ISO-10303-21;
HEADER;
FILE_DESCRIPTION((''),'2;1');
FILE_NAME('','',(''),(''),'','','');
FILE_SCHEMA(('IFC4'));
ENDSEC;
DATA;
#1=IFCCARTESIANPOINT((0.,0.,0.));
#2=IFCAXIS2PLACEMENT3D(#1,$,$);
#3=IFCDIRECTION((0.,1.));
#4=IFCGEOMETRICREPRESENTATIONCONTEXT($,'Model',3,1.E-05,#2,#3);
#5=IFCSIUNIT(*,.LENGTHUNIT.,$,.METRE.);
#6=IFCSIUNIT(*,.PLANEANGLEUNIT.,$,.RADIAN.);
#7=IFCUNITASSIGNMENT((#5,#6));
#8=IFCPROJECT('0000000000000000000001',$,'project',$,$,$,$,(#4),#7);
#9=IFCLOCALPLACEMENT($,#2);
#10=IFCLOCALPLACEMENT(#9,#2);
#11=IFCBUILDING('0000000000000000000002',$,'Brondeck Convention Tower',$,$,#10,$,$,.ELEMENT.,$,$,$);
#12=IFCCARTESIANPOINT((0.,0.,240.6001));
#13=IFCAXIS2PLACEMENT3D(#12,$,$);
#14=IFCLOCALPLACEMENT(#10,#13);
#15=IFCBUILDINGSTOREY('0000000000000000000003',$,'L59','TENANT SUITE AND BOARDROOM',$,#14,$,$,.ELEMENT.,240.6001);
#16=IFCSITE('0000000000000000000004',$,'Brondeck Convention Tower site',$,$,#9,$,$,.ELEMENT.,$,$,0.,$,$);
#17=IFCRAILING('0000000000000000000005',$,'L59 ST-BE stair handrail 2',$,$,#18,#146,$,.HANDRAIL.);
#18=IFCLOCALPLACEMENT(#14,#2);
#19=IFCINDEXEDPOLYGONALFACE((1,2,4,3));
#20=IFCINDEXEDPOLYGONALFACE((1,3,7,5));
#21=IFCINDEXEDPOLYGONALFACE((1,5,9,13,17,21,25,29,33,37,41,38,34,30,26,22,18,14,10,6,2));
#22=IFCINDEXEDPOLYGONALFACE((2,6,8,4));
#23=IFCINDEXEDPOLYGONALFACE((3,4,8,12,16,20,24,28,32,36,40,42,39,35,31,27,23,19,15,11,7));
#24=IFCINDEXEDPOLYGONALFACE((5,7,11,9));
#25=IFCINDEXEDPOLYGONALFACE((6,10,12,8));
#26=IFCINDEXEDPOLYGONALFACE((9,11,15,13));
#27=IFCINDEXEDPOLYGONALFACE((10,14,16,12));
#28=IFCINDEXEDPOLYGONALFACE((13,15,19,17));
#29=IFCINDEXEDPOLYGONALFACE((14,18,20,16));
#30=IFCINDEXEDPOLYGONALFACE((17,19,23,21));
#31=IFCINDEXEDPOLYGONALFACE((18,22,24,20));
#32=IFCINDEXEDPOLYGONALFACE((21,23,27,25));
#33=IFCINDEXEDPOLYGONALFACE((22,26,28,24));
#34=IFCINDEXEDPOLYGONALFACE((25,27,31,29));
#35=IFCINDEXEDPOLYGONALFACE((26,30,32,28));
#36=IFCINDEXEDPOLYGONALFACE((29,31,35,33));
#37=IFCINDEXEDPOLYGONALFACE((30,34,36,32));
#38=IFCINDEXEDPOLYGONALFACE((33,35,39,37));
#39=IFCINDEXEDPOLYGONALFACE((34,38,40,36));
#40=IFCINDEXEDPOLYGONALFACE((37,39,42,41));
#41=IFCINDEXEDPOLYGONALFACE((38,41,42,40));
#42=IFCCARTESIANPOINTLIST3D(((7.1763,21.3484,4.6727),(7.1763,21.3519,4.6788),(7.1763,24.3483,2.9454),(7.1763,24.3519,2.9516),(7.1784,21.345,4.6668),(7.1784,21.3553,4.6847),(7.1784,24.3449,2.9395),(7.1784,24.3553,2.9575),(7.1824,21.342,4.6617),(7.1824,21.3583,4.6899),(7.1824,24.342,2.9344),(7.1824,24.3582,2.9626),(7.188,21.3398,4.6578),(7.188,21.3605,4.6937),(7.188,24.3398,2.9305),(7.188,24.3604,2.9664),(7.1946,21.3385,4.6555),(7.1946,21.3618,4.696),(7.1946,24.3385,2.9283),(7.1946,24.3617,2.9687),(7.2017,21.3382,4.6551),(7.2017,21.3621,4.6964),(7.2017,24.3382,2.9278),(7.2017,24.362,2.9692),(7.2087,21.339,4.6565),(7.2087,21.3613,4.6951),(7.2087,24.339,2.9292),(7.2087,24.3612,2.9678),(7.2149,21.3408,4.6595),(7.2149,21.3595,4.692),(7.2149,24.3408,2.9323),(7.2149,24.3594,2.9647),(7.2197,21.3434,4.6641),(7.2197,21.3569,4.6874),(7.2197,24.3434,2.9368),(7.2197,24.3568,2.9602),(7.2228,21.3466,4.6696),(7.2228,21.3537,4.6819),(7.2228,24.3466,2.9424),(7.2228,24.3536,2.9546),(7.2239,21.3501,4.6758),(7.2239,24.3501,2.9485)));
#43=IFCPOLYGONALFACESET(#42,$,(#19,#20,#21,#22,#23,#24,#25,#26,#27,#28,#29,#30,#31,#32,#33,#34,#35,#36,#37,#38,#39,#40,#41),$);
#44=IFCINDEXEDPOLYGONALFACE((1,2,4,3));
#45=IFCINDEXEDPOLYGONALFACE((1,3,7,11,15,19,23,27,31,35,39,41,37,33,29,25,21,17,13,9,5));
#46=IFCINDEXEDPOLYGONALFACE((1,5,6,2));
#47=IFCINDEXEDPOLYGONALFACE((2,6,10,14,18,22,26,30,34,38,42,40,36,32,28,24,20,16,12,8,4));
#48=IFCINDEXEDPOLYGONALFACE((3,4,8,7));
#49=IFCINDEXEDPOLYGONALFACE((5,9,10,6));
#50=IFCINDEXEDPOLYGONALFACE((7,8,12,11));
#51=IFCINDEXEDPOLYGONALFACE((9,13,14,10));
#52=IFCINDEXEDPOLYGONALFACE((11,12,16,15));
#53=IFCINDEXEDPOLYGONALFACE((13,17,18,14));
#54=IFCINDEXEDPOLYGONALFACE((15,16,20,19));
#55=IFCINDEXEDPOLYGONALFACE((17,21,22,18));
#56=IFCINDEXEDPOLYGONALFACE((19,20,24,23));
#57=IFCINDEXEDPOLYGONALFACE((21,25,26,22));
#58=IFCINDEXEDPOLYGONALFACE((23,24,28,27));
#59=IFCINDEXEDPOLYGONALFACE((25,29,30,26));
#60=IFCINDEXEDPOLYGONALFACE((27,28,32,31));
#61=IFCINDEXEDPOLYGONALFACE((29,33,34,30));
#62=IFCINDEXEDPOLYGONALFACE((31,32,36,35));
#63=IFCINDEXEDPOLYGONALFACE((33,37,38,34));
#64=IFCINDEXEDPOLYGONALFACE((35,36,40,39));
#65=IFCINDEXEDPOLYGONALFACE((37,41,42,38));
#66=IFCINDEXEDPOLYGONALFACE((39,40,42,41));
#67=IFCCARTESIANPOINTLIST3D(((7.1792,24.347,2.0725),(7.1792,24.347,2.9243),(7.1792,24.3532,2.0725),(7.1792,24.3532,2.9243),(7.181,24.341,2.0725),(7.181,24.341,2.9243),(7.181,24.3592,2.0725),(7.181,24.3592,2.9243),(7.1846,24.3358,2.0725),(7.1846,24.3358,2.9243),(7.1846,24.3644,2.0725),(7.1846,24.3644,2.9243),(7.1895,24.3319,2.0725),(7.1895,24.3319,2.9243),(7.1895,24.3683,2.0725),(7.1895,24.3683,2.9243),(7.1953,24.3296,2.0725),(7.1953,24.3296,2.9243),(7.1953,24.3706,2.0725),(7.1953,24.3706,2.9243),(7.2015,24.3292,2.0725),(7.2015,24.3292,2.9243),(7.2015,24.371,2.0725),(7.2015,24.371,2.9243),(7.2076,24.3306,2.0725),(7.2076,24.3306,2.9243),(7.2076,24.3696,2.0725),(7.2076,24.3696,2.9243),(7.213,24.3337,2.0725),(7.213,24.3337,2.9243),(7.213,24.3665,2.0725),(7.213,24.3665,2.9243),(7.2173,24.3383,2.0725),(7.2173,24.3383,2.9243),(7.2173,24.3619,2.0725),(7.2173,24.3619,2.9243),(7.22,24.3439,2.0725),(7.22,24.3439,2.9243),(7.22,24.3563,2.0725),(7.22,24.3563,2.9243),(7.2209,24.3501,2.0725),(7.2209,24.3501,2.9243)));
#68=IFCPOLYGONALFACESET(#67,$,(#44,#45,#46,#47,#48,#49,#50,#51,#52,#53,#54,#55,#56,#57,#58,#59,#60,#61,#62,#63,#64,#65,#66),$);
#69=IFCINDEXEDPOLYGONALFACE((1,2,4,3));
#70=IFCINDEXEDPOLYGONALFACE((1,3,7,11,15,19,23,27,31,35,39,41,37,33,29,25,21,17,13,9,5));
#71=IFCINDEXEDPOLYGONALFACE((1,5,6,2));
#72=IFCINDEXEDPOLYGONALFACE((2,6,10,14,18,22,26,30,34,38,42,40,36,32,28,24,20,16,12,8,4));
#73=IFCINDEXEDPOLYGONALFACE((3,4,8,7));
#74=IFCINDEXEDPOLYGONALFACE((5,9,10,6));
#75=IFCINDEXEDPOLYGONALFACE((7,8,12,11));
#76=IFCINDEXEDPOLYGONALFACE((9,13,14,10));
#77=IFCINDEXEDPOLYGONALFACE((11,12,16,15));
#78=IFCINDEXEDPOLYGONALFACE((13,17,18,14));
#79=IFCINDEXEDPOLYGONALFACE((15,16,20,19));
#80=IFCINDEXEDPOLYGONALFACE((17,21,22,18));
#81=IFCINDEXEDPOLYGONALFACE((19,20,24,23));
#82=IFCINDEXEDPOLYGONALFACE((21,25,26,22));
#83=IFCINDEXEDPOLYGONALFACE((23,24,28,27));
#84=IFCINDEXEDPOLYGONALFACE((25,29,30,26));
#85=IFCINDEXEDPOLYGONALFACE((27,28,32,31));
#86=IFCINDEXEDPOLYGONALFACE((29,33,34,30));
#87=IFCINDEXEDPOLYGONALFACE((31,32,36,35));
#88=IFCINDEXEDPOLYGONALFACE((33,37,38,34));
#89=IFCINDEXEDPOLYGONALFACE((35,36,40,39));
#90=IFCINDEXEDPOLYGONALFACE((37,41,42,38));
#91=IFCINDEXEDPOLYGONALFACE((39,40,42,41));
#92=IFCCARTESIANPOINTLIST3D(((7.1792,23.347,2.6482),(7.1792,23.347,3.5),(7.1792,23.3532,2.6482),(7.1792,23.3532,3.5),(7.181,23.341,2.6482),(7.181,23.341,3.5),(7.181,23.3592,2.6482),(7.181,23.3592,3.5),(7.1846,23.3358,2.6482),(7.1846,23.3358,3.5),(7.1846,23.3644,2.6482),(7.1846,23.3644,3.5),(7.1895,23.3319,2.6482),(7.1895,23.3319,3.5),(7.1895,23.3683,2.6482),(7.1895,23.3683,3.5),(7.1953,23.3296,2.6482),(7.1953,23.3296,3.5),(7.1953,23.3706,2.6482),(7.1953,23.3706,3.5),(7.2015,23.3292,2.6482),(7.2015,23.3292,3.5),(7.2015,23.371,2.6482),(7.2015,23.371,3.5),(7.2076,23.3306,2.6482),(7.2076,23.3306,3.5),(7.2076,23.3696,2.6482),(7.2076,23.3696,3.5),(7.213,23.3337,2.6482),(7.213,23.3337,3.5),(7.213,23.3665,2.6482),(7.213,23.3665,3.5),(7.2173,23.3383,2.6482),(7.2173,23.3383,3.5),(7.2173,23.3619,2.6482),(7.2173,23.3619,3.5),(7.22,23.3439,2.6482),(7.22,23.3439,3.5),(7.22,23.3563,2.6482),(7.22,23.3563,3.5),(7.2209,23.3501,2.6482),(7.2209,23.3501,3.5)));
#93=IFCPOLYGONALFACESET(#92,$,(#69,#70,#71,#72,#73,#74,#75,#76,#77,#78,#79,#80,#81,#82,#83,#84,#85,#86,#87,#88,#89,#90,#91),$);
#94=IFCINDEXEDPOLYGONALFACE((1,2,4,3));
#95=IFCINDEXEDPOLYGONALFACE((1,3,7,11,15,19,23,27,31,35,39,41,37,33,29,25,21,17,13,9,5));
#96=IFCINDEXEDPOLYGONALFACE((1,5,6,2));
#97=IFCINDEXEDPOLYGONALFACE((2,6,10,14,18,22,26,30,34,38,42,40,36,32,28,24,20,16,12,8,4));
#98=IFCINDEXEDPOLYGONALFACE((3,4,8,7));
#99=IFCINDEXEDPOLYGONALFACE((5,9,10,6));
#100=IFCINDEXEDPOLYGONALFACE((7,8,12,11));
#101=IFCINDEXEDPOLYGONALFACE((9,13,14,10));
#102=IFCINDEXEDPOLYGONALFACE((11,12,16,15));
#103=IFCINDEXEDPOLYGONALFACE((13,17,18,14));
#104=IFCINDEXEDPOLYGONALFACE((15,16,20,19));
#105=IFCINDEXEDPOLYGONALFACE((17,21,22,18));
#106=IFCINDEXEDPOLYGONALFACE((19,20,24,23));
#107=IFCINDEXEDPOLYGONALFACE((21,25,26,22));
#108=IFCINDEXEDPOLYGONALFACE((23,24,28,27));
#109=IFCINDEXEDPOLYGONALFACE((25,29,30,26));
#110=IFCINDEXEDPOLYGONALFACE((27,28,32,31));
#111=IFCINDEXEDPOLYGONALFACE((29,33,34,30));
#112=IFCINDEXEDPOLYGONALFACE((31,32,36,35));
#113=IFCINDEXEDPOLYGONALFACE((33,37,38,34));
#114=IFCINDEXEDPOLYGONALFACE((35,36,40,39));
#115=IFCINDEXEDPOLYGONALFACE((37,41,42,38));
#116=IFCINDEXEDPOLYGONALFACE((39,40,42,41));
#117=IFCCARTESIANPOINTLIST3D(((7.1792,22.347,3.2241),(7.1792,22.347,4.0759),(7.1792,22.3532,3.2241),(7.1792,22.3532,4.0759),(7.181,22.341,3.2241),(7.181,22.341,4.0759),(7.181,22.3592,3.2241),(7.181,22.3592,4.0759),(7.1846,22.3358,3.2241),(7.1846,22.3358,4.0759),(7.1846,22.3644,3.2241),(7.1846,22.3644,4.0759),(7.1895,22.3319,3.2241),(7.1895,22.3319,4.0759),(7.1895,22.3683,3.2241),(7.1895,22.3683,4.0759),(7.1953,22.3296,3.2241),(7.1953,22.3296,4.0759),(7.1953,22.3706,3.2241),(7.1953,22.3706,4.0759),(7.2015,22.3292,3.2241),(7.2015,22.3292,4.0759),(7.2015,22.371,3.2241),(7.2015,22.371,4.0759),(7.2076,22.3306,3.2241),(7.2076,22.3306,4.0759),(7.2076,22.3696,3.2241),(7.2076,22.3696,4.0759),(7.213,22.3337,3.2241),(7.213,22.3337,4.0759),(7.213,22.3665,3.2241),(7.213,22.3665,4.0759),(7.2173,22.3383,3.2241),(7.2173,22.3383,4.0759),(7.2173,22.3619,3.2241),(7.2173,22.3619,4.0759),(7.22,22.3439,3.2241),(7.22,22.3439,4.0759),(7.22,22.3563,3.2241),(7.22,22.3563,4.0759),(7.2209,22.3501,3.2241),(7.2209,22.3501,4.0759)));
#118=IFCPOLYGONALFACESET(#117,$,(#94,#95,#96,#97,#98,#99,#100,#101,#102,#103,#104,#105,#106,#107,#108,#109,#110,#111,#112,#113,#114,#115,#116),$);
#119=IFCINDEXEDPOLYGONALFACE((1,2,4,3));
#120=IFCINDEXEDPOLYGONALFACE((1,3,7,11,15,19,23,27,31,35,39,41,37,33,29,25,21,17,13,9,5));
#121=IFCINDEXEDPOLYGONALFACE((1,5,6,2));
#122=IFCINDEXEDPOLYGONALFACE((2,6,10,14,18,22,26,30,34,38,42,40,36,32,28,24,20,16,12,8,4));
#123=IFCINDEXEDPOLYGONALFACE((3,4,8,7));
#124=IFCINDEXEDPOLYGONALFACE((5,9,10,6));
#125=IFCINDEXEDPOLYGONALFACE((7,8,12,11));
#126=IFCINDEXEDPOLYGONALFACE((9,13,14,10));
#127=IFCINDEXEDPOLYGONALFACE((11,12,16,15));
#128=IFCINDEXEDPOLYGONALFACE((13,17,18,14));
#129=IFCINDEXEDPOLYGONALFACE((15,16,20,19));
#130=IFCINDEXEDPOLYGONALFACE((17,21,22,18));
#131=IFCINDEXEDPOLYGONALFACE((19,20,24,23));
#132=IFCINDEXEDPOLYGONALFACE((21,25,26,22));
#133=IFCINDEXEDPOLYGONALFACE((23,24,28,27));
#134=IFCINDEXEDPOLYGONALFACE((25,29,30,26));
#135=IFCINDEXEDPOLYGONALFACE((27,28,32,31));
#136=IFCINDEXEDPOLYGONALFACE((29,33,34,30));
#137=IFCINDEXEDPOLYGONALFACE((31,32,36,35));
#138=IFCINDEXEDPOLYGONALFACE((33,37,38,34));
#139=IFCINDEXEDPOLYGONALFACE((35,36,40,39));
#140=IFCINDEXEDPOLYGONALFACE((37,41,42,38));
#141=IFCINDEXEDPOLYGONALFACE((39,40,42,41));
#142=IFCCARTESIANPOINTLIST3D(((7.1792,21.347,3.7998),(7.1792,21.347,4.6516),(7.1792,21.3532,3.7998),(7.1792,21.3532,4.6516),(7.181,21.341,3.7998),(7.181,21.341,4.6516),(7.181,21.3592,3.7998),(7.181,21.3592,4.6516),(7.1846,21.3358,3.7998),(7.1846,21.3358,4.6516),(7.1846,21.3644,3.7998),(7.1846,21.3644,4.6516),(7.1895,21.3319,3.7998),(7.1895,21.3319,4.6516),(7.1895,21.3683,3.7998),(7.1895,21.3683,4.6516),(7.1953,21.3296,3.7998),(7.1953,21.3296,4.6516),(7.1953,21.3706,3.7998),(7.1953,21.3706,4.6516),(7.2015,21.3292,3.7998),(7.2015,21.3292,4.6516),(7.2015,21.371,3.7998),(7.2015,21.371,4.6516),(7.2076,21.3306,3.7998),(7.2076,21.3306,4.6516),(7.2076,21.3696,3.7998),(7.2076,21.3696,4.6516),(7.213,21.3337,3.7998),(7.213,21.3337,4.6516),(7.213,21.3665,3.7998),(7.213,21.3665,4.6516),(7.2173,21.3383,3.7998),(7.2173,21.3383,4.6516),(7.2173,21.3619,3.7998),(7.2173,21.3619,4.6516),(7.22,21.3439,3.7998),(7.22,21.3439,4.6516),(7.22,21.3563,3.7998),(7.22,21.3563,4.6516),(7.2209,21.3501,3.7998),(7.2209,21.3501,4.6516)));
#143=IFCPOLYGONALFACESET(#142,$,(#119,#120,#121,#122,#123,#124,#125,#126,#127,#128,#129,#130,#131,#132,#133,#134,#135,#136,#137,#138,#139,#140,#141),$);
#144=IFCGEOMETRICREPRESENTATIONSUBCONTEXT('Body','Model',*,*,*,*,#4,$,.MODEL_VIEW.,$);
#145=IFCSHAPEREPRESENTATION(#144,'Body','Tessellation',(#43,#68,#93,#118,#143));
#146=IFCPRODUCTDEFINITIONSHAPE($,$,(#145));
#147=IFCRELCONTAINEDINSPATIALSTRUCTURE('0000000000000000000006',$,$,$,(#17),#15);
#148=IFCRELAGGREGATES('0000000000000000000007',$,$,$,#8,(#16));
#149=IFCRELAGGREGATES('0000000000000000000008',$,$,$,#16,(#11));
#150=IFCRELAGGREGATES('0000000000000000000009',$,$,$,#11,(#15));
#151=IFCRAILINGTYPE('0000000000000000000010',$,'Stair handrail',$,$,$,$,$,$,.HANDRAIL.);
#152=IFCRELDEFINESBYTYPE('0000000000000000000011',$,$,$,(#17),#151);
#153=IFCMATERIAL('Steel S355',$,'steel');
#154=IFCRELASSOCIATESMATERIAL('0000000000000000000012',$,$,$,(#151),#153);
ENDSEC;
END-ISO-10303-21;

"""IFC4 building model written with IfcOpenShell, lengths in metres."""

from ifc_helpers import new_model, si_unit, direction, frame, origin, origin_2d, place, context, subcontext, project, spatial, circle, extrude, material, type_object, element, save


model = new_model("IFC4")

# Units and contexts
model_context = context("Model", 3, precision=1e-05, world=origin(), true_north=direction((0.0, 1.0)))
body_context = subcontext(model_context, "Body", "Model", "MODEL_VIEW")
ifc_project = project(units=[si_unit("LENGTHUNIT", "METRE"), si_unit("PLANEANGLEUNIT", "RADIAN")], contexts=[model_context])

# Site, building, storey
site_placement = place(None, origin())
site = spatial("IfcSite", under=ifc_project, at=site_placement, Name="Brondeck Convention Tower site", CompositionType="ELEMENT", RefElevation=0.0)
building_placement = place(site_placement, origin())
building = spatial("IfcBuilding", under=site, at=building_placement, Name="Brondeck Convention Tower", CompositionType="ELEMENT")
storey_placement = place(building_placement, frame((0.0, 0.0, 240.6001)))
storey = spatial("IfcBuildingStorey", under=building, at=storey_placement, Name="L59", Description="TENANT SUITE AND BOARDROOM", CompositionType="ELEMENT", Elevation=240.6001)

# Shared definitions
ifc_material_1 = material(Name="Steel S355", Category="steel")

# Railing
railing_type_1 = type_object("IfcRailingType", Name="Stair handrail", PredefinedType="HANDRAIL", material=ifc_material_1)
railing_1_placement = place(storey_placement, frame((7.2, 24.3501, 2.0725)))
element("IfcRailing", 1, at=railing_1_placement, inside=storey, type_object=railing_type_1, Name="L59 ST-BE stair handrail 2", PredefinedType="HANDRAIL", context=body_context, shape_type="SweptSolid", body=[
    extrude(circle(Radius=0.0239, at=origin_2d()), frame((0.0, 0.0, 0.876), z_axis=(0.0, -0.86662, 0.498969), x_axis=(1.0, 0.0, 0.0)), (0.0, 0.0, 1.0), 3.4617),
    extrude(circle(Radius=0.021, at=origin_2d()), origin(), (0.0, 0.0, 1.0), 0.8518),
    extrude(circle(Radius=0.021, at=origin_2d()), frame((0.0, -1.0, 0.5757)), (0.0, 0.0, 1.0), 0.8518),
    extrude(circle(Radius=0.021, at=origin_2d()), frame((0.0, -2.0, 1.1516)), (0.0, 0.0, 1.0), 0.8518),
    extrude(circle(Radius=0.021, at=origin_2d()), frame((0.0, -3.0, 1.7273)), (0.0, 0.0, 1.0), 0.8518),
])

save(model, "model.ifc")
